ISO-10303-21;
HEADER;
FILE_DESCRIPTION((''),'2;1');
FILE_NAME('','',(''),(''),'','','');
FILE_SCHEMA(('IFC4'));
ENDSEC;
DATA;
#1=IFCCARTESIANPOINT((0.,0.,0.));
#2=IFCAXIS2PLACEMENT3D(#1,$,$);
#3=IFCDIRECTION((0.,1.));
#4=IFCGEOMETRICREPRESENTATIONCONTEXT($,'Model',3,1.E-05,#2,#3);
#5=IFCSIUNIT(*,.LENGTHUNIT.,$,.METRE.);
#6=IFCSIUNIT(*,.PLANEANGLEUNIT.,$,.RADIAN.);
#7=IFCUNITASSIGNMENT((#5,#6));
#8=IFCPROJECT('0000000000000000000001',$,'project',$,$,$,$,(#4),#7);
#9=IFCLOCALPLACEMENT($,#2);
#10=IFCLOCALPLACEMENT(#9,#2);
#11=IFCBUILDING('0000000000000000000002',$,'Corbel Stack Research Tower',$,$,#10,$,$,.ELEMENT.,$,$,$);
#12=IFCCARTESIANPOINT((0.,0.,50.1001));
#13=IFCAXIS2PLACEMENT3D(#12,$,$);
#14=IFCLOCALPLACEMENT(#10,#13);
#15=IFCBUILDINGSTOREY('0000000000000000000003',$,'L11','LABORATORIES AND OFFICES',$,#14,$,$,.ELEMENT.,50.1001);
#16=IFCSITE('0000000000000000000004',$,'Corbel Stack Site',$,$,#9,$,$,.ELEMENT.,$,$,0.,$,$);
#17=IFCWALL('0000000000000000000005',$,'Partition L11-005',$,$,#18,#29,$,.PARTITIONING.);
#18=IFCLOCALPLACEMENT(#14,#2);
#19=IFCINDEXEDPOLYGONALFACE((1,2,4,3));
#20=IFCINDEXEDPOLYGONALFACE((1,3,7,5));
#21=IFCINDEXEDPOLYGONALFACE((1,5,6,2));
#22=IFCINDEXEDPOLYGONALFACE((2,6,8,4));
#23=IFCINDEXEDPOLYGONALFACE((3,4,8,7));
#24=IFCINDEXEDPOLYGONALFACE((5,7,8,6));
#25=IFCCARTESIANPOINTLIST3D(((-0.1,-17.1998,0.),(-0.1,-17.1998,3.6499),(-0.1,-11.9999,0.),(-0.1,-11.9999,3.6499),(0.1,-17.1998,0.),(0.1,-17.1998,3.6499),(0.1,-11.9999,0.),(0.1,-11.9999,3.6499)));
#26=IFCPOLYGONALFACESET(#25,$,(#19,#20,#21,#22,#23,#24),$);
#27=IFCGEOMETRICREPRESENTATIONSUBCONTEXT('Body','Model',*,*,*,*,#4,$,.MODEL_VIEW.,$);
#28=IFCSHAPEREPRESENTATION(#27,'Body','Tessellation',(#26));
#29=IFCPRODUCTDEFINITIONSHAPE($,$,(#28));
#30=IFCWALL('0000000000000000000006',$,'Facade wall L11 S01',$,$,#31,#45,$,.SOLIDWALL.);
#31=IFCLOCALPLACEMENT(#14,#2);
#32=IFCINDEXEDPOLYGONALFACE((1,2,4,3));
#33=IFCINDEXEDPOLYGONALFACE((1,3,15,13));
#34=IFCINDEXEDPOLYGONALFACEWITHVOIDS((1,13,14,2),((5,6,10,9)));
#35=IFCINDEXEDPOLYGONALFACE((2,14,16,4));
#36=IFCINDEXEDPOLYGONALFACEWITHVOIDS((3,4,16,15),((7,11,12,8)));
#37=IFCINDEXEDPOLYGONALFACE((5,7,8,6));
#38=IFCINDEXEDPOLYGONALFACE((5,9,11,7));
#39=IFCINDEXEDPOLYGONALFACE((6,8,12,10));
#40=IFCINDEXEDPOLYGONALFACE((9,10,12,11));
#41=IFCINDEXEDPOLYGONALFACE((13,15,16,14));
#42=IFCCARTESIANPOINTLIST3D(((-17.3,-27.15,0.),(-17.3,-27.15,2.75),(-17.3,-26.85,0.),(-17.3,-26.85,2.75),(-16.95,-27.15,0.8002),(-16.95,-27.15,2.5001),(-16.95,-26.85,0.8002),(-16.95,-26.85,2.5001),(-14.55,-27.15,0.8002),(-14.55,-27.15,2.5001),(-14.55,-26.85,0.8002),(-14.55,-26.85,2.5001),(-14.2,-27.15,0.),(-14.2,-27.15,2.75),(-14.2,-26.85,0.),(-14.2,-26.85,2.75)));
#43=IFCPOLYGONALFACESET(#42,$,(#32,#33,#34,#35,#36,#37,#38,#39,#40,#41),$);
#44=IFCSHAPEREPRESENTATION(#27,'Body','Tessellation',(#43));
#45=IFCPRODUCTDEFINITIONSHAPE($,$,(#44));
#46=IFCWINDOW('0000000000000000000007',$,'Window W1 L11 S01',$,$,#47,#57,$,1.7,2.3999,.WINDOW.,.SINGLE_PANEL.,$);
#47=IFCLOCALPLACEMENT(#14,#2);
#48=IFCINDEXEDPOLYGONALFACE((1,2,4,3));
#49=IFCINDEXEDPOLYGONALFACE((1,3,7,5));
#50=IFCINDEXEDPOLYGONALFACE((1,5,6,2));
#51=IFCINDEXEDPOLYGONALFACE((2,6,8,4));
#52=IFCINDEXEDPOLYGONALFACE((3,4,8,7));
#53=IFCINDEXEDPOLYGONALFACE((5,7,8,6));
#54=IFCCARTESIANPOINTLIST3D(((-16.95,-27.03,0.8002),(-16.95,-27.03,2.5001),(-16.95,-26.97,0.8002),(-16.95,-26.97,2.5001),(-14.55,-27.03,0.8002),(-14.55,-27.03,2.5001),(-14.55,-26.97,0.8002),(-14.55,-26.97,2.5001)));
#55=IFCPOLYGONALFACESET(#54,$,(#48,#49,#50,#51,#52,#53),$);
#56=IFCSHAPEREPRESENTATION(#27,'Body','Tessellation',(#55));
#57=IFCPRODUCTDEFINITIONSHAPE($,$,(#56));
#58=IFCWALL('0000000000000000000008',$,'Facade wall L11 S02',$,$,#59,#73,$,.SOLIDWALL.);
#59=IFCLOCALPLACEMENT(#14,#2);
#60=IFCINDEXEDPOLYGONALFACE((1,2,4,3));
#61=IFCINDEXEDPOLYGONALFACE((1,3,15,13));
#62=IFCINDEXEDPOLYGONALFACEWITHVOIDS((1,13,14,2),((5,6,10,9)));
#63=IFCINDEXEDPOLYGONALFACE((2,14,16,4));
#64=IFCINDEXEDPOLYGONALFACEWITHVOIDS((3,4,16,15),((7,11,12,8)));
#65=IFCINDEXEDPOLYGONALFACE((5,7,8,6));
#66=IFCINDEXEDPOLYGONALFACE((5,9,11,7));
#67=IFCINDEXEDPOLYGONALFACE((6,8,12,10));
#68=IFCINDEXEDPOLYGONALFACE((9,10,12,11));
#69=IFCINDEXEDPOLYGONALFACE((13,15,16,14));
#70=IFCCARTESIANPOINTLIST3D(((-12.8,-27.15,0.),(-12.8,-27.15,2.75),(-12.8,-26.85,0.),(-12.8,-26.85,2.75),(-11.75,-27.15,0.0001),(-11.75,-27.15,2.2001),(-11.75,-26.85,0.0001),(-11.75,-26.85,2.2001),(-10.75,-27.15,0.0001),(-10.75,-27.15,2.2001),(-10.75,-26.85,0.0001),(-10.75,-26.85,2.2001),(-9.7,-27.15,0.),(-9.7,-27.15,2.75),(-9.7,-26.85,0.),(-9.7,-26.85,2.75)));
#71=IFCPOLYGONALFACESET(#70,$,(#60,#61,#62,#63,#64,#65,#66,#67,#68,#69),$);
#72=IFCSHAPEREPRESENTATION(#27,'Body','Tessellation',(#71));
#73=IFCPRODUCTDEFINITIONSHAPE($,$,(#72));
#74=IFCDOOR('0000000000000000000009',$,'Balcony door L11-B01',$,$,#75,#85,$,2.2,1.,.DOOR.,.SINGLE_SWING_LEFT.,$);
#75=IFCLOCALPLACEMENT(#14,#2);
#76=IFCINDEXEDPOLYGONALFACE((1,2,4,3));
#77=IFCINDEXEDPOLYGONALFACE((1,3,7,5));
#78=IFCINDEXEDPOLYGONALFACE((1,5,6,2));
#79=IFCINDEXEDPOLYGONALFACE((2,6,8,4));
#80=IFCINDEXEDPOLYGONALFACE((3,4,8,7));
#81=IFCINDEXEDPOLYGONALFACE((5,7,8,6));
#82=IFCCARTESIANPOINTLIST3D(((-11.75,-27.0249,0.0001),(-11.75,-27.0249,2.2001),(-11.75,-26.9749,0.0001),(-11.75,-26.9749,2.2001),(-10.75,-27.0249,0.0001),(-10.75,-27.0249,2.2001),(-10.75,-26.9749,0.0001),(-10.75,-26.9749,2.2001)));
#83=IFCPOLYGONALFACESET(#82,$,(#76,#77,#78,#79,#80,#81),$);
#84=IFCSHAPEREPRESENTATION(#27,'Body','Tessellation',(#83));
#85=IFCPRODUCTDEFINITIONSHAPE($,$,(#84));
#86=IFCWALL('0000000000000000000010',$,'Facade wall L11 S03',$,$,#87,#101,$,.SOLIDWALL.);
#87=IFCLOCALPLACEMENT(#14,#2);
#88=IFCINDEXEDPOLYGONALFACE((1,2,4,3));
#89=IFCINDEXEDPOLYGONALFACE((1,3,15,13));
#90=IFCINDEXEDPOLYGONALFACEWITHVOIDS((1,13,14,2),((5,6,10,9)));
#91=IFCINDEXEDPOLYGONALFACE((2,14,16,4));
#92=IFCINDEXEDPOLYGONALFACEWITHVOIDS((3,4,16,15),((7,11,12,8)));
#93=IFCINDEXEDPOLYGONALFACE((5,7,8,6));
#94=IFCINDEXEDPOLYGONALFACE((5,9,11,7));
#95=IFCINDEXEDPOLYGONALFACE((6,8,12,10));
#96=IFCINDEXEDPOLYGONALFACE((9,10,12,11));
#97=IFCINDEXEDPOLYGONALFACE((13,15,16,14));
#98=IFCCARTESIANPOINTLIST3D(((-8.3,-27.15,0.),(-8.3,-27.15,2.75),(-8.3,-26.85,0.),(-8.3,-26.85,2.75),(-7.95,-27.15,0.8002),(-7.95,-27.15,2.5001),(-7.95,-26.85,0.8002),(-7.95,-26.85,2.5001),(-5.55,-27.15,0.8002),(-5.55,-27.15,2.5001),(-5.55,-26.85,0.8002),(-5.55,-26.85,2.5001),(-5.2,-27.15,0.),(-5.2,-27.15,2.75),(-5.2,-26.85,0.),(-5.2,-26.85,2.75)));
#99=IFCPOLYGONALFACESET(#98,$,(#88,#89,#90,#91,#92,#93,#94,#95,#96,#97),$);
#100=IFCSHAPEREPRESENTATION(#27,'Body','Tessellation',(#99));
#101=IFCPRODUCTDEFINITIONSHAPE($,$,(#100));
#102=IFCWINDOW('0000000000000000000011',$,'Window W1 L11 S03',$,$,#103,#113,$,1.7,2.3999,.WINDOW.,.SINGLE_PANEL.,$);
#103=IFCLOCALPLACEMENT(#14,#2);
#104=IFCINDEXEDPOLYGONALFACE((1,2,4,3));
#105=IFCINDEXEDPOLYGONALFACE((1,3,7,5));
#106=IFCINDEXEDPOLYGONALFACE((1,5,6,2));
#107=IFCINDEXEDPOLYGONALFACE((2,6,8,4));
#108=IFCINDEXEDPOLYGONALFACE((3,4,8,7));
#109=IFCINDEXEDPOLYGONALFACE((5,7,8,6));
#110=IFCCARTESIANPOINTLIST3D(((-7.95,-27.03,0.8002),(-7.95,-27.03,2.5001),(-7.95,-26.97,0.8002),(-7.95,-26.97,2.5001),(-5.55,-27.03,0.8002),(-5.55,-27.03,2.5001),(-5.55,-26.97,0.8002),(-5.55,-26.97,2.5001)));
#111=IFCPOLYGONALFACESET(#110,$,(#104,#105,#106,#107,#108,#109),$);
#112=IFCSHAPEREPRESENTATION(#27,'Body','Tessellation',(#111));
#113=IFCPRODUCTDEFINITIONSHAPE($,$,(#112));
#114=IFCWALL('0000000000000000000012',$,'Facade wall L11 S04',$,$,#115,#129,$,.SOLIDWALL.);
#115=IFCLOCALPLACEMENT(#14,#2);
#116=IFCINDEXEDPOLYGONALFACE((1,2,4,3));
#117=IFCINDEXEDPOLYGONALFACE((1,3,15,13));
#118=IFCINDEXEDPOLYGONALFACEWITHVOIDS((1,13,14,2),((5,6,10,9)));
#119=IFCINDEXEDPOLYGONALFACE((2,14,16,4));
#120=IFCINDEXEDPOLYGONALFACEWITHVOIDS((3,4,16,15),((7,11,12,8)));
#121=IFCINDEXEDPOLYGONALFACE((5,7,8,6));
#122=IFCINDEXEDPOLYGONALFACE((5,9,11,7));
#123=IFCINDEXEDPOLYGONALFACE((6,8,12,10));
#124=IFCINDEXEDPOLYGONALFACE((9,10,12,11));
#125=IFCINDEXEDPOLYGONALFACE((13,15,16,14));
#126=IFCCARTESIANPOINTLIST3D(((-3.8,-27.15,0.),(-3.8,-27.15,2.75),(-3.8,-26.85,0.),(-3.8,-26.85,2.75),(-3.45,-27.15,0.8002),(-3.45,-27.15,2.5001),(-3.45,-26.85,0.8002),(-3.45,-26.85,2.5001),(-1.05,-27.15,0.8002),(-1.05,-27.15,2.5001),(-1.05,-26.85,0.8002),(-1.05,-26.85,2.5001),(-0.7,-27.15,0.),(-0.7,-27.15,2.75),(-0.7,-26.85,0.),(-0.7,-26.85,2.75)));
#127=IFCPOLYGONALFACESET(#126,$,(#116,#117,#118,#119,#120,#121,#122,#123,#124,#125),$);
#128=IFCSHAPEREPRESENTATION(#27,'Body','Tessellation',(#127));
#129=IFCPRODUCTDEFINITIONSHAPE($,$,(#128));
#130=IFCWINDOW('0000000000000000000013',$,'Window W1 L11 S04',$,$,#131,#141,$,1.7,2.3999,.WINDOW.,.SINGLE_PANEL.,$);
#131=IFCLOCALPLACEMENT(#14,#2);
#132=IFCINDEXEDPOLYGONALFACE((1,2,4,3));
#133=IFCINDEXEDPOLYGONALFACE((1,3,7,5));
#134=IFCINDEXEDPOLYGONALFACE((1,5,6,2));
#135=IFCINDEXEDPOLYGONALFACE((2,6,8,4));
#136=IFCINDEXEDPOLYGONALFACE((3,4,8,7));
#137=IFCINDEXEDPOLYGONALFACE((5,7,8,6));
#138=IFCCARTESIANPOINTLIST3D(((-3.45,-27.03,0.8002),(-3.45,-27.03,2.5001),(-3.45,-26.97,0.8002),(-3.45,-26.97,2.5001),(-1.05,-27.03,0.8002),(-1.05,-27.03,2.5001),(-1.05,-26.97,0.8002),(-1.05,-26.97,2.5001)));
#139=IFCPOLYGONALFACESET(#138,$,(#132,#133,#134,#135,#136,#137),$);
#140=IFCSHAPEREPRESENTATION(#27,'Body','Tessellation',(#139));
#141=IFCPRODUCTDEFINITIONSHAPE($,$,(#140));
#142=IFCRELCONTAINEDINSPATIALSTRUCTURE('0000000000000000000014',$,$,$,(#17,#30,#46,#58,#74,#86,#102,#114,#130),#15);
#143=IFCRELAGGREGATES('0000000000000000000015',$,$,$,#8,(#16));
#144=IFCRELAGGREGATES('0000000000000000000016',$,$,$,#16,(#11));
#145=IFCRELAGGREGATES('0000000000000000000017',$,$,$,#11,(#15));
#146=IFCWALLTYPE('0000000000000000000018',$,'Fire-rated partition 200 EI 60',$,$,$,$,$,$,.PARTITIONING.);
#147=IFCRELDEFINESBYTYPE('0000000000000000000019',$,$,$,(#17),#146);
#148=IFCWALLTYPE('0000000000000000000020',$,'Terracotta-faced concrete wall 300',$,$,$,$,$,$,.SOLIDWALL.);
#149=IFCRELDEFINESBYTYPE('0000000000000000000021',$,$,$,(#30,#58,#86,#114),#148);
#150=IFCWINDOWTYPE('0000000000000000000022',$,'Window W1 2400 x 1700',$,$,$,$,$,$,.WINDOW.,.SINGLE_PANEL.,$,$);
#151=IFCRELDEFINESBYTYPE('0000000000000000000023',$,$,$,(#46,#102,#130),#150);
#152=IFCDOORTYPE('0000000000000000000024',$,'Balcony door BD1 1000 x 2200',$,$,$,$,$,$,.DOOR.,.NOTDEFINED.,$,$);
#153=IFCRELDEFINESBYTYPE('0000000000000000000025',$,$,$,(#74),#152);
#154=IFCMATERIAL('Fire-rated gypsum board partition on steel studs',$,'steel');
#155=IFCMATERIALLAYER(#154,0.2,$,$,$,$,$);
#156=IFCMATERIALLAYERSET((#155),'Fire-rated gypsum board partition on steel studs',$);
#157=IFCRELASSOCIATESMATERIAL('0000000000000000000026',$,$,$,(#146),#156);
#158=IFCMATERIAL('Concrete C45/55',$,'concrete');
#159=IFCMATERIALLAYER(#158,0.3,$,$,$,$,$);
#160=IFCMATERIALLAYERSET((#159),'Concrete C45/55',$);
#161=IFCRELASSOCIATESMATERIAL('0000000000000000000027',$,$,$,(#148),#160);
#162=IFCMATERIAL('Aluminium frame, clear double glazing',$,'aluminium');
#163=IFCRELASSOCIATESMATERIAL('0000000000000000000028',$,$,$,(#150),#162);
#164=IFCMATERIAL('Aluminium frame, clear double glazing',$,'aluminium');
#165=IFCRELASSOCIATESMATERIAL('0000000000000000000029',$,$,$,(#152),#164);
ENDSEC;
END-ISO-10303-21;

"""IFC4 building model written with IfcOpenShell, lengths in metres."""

from ifc_helpers import new_model, si_unit, direction, frame, frame_2d, origin, place, context, subcontext, project, spatial, rectangle, extrude, material, layer, layer_set, type_object, element, fill, save


model = new_model("IFC4")

# Units and contexts
model_context = context("Model", 3, precision=1e-05, world=origin(), true_north=direction((0.0, 1.0)))
body_context = subcontext(model_context, "Body", "Model", "MODEL_VIEW")
ifc_project = project(units=[si_unit("LENGTHUNIT", "METRE"), si_unit("PLANEANGLEUNIT", "RADIAN")], contexts=[model_context])

# Site, building, storey
site_placement = place(None, origin())
site = spatial("IfcSite", under=ifc_project, at=site_placement, Name="Corbel Stack Site", CompositionType="ELEMENT", RefElevation=0.0)
building_placement = place(site_placement, origin())
building = spatial("IfcBuilding", under=site, at=building_placement, Name="Corbel Stack Research Tower", CompositionType="ELEMENT")
storey_placement = place(building_placement, frame((0.0, 0.0, 50.1001)))
storey = spatial("IfcBuildingStorey", under=building, at=storey_placement, Name="L11", Description="LABORATORIES AND OFFICES", CompositionType="ELEMENT", Elevation=50.1001)

# Wall
ifc_material_1 = material(Name="Fire-rated gypsum board partition on steel studs", Category="steel")
ifc_layer_1 = layer(ifc_material_1, 0.2)
ifc_layer_set_1 = layer_set([ifc_layer_1], Name="Fire-rated gypsum board partition on steel studs")
wall_type_1 = type_object("IfcWallType", Name="Fire-rated partition 200 EI 60", PredefinedType="PARTITIONING", material=ifc_layer_set_1)
wall_1_placement = place(storey_placement, frame((0.0, -17.2, 0.0), z_axis=(0.0, 0.0, 1.0), x_axis=(0.0, 1.0, 0.0)))
element("IfcWall", 1, at=wall_1_placement, inside=storey, type_object=wall_type_1, Name="Partition L11-005", PredefinedType="PARTITIONING", context=body_context, shape_type="SweptSolid", body=[
    extrude(rectangle(XDim=5.2, YDim=0.2, at=frame_2d((2.6001, 0.0))), origin(), (0.0, 0.0, 1.0), 3.6499),
])

# Wall, opening, window
ifc_material_2 = material(Name="Concrete C45/55", Category="concrete")
ifc_layer_2 = layer(ifc_material_2, 0.3)
ifc_layer_set_2 = layer_set([ifc_layer_2], Name="Concrete C45/55")
wall_type_2 = type_object("IfcWallType", Name="Terracotta-faced concrete wall 300", PredefinedType="SOLIDWALL", material=ifc_layer_set_2)
wall_2_placement = place(storey_placement, frame((-14.2, -27.0, 0.0), z_axis=(0.0, 0.0, 1.0), x_axis=(-1.0, 0.0, 0.0)))
wall_2 = element("IfcWall", 2, at=wall_2_placement, inside=storey, type_object=wall_type_2, Name="Facade wall L11 S01", PredefinedType="SOLIDWALL", context=body_context, shape_type="SweptSolid", body=[
    extrude(rectangle(XDim=3.1001, YDim=0.3, at=frame_2d((1.55, 0.0))), origin(), (0.0, 0.0, 1.0), 2.75),
])
opening_1_placement = place(wall_2_placement, frame((0.3501, 0.0, 0.8)))
opening_1 = element("IfcOpeningElement", 3, at=opening_1_placement, cuts=wall_2, PredefinedType="OPENING", context=body_context, shape_type="SweptSolid", body=[
    extrude(rectangle(XDim=2.3999, YDim=1.7, at=frame_2d((1.2, 0.8501))), frame((0.0, 0.1599, 0.0), z_axis=(0.0, -1.0, 0.0), x_axis=(1.0, 0.0, 0.0)), (0.0, 0.0, 1.0), 0.3201),
])
ifc_material_3 = material(Name="Aluminium frame, clear double glazing", Category="aluminium")
window_type = type_object("IfcWindowType", Name="Window W1 2400 x 1700", PartitioningType="SINGLE_PANEL", PredefinedType="WINDOW", material=ifc_material_3)
window_1_placement = place(opening_1_placement, origin())
window_1 = element("IfcWindow", 4, at=window_1_placement, inside=storey, type_object=window_type, Name="Window W1 L11 S01", OverallHeight=1.7, OverallWidth=2.3999, PartitioningType="SINGLE_PANEL", PredefinedType="WINDOW", context=body_context, shape_type="SweptSolid", body=[
    extrude(rectangle(XDim=2.3999, YDim=1.7, at=frame_2d((1.2, 0.8501))), frame((0.0, 0.03, 0.0), z_axis=(0.0, -1.0, 0.0), x_axis=(1.0, 0.0, 0.0)), (0.0, 0.0, 1.0), 0.0601),
])
fill(opening_1, window_1)

# Wall, opening, door
wall_3_placement = place(storey_placement, frame((-9.7, -27.0, 0.0), z_axis=(0.0, 0.0, 1.0), x_axis=(-1.0, 0.0, 0.0)))
wall_3 = element("IfcWall", 5, at=wall_3_placement, inside=storey, type_object=wall_type_2, Name="Facade wall L11 S02", PredefinedType="SOLIDWALL", context=body_context, shape_type="SweptSolid", body=[
    extrude(rectangle(XDim=3.1001, YDim=0.3, at=frame_2d((1.55, 0.0))), origin(), (0.0, 0.0, 1.0), 2.75),
])
opening_2_placement = place(wall_3_placement, frame((1.05, 0.0, 0.0)))
opening_2 = element("IfcOpeningElement", 6, at=opening_2_placement, cuts=wall_3, PredefinedType="OPENING", context=body_context, shape_type="SweptSolid", body=[
    extrude(rectangle(XDim=1.0, YDim=2.2, at=frame_2d((0.5, 1.1001))), frame((0.0, 0.1599, 0.0), z_axis=(0.0, -1.0, 0.0), x_axis=(1.0, 0.0, 0.0)), (0.0, 0.0, 1.0), 0.3201),
])
ifc_material_4 = material(Name="Aluminium frame, clear double glazing", Category="aluminium")
door_type = type_object("IfcDoorType", Name="Balcony door BD1 1000 x 2200", OperationType="NOTDEFINED", PredefinedType="DOOR", material=ifc_material_4)
door_placement = place(opening_2_placement, origin())
door = element("IfcDoor", 7, at=door_placement, inside=storey, type_object=door_type, Name="Balcony door L11-B01", OperationType="SINGLE_SWING_LEFT", OverallHeight=2.2, OverallWidth=1.0, PredefinedType="DOOR", context=body_context, shape_type="SweptSolid", body=[
    extrude(rectangle(XDim=1.0, YDim=2.2, at=frame_2d((0.5, 1.1001))), frame((0.0, 0.0249, 0.0), z_axis=(0.0, -1.0, 0.0), x_axis=(1.0, 0.0, 0.0)), (0.0, 0.0, 1.0), 0.05),
])
fill(opening_2, door)

# Walls, openings, windows
wall_4_placement = place(storey_placement, frame((-5.2, -27.0, 0.0), z_axis=(0.0, 0.0, 1.0), x_axis=(-1.0, 0.0, 0.0)))
wall_4 = element("IfcWall", 8, at=wall_4_placement, inside=storey, type_object=wall_type_2, Name="Facade wall L11 S03", PredefinedType="SOLIDWALL", context=body_context, shape_type="SweptSolid", body=[
    extrude(rectangle(XDim=3.1001, YDim=0.3, at=frame_2d((1.55, 0.0))), origin(), (0.0, 0.0, 1.0), 2.75),
])
opening_3_placement = place(wall_4_placement, frame((0.3501, 0.0, 0.8)))
opening_3 = element("IfcOpeningElement", 9, at=opening_3_placement, cuts=wall_4, PredefinedType="OPENING", context=body_context, shape_type="SweptSolid", body=[
    extrude(rectangle(XDim=2.3999, YDim=1.7, at=frame_2d((1.2, 0.8501))), frame((0.0, 0.1599, 0.0), z_axis=(0.0, -1.0, 0.0), x_axis=(1.0, 0.0, 0.0)), (0.0, 0.0, 1.0), 0.3201),
])
window_2_placement = place(opening_3_placement, origin())
window_2 = element("IfcWindow", 10, at=window_2_placement, inside=storey, type_object=window_type, Name="Window W1 L11 S03", OverallHeight=1.7, OverallWidth=2.3999, PartitioningType="SINGLE_PANEL", PredefinedType="WINDOW", context=body_context, shape_type="SweptSolid", body=[
    extrude(rectangle(XDim=2.3999, YDim=1.7, at=frame_2d((1.2, 0.8501))), frame((0.0, 0.03, 0.0), z_axis=(0.0, -1.0, 0.0), x_axis=(1.0, 0.0, 0.0)), (0.0, 0.0, 1.0), 0.0601),
])
fill(opening_3, window_2)
wall_5_placement = place(storey_placement, frame((-0.7, -27.0, 0.0), z_axis=(0.0, 0.0, 1.0), x_axis=(-1.0, 0.0, 0.0)))
wall_5 = element("IfcWall", 11, at=wall_5_placement, inside=storey, type_object=wall_type_2, Name="Facade wall L11 S04", PredefinedType="SOLIDWALL", context=body_context, shape_type="SweptSolid", body=[
    extrude(rectangle(XDim=3.1001, YDim=0.3, at=frame_2d((1.55, 0.0))), origin(), (0.0, 0.0, 1.0), 2.75),
])
opening_4_placement = place(wall_5_placement, frame((0.3501, 0.0, 0.8)))
opening_4 = element("IfcOpeningElement", 12, at=opening_4_placement, cuts=wall_5, PredefinedType="OPENING", context=body_context, shape_type="SweptSolid", body=[
    extrude(rectangle(XDim=2.3999, YDim=1.7, at=frame_2d((1.2, 0.8501))), frame((0.0, 0.1599, 0.0), z_axis=(0.0, -1.0, 0.0), x_axis=(1.0, 0.0, 0.0)), (0.0, 0.0, 1.0), 0.3201),
])
window_3_placement = place(opening_4_placement, origin())
window_3 = element("IfcWindow", 13, at=window_3_placement, inside=storey, type_object=window_type, Name="Window W1 L11 S04", OverallHeight=1.7, OverallWidth=2.3999, PartitioningType="SINGLE_PANEL", PredefinedType="WINDOW", context=body_context, shape_type="SweptSolid", body=[
    extrude(rectangle(XDim=2.3999, YDim=1.7, at=frame_2d((1.2, 0.8501))), frame((0.0, 0.03, 0.0), z_axis=(0.0, -1.0, 0.0), x_axis=(1.0, 0.0, 0.0)), (0.0, 0.0, 1.0), 0.0601),
])
fill(opening_4, window_3)

save(model, "model.ifc")
